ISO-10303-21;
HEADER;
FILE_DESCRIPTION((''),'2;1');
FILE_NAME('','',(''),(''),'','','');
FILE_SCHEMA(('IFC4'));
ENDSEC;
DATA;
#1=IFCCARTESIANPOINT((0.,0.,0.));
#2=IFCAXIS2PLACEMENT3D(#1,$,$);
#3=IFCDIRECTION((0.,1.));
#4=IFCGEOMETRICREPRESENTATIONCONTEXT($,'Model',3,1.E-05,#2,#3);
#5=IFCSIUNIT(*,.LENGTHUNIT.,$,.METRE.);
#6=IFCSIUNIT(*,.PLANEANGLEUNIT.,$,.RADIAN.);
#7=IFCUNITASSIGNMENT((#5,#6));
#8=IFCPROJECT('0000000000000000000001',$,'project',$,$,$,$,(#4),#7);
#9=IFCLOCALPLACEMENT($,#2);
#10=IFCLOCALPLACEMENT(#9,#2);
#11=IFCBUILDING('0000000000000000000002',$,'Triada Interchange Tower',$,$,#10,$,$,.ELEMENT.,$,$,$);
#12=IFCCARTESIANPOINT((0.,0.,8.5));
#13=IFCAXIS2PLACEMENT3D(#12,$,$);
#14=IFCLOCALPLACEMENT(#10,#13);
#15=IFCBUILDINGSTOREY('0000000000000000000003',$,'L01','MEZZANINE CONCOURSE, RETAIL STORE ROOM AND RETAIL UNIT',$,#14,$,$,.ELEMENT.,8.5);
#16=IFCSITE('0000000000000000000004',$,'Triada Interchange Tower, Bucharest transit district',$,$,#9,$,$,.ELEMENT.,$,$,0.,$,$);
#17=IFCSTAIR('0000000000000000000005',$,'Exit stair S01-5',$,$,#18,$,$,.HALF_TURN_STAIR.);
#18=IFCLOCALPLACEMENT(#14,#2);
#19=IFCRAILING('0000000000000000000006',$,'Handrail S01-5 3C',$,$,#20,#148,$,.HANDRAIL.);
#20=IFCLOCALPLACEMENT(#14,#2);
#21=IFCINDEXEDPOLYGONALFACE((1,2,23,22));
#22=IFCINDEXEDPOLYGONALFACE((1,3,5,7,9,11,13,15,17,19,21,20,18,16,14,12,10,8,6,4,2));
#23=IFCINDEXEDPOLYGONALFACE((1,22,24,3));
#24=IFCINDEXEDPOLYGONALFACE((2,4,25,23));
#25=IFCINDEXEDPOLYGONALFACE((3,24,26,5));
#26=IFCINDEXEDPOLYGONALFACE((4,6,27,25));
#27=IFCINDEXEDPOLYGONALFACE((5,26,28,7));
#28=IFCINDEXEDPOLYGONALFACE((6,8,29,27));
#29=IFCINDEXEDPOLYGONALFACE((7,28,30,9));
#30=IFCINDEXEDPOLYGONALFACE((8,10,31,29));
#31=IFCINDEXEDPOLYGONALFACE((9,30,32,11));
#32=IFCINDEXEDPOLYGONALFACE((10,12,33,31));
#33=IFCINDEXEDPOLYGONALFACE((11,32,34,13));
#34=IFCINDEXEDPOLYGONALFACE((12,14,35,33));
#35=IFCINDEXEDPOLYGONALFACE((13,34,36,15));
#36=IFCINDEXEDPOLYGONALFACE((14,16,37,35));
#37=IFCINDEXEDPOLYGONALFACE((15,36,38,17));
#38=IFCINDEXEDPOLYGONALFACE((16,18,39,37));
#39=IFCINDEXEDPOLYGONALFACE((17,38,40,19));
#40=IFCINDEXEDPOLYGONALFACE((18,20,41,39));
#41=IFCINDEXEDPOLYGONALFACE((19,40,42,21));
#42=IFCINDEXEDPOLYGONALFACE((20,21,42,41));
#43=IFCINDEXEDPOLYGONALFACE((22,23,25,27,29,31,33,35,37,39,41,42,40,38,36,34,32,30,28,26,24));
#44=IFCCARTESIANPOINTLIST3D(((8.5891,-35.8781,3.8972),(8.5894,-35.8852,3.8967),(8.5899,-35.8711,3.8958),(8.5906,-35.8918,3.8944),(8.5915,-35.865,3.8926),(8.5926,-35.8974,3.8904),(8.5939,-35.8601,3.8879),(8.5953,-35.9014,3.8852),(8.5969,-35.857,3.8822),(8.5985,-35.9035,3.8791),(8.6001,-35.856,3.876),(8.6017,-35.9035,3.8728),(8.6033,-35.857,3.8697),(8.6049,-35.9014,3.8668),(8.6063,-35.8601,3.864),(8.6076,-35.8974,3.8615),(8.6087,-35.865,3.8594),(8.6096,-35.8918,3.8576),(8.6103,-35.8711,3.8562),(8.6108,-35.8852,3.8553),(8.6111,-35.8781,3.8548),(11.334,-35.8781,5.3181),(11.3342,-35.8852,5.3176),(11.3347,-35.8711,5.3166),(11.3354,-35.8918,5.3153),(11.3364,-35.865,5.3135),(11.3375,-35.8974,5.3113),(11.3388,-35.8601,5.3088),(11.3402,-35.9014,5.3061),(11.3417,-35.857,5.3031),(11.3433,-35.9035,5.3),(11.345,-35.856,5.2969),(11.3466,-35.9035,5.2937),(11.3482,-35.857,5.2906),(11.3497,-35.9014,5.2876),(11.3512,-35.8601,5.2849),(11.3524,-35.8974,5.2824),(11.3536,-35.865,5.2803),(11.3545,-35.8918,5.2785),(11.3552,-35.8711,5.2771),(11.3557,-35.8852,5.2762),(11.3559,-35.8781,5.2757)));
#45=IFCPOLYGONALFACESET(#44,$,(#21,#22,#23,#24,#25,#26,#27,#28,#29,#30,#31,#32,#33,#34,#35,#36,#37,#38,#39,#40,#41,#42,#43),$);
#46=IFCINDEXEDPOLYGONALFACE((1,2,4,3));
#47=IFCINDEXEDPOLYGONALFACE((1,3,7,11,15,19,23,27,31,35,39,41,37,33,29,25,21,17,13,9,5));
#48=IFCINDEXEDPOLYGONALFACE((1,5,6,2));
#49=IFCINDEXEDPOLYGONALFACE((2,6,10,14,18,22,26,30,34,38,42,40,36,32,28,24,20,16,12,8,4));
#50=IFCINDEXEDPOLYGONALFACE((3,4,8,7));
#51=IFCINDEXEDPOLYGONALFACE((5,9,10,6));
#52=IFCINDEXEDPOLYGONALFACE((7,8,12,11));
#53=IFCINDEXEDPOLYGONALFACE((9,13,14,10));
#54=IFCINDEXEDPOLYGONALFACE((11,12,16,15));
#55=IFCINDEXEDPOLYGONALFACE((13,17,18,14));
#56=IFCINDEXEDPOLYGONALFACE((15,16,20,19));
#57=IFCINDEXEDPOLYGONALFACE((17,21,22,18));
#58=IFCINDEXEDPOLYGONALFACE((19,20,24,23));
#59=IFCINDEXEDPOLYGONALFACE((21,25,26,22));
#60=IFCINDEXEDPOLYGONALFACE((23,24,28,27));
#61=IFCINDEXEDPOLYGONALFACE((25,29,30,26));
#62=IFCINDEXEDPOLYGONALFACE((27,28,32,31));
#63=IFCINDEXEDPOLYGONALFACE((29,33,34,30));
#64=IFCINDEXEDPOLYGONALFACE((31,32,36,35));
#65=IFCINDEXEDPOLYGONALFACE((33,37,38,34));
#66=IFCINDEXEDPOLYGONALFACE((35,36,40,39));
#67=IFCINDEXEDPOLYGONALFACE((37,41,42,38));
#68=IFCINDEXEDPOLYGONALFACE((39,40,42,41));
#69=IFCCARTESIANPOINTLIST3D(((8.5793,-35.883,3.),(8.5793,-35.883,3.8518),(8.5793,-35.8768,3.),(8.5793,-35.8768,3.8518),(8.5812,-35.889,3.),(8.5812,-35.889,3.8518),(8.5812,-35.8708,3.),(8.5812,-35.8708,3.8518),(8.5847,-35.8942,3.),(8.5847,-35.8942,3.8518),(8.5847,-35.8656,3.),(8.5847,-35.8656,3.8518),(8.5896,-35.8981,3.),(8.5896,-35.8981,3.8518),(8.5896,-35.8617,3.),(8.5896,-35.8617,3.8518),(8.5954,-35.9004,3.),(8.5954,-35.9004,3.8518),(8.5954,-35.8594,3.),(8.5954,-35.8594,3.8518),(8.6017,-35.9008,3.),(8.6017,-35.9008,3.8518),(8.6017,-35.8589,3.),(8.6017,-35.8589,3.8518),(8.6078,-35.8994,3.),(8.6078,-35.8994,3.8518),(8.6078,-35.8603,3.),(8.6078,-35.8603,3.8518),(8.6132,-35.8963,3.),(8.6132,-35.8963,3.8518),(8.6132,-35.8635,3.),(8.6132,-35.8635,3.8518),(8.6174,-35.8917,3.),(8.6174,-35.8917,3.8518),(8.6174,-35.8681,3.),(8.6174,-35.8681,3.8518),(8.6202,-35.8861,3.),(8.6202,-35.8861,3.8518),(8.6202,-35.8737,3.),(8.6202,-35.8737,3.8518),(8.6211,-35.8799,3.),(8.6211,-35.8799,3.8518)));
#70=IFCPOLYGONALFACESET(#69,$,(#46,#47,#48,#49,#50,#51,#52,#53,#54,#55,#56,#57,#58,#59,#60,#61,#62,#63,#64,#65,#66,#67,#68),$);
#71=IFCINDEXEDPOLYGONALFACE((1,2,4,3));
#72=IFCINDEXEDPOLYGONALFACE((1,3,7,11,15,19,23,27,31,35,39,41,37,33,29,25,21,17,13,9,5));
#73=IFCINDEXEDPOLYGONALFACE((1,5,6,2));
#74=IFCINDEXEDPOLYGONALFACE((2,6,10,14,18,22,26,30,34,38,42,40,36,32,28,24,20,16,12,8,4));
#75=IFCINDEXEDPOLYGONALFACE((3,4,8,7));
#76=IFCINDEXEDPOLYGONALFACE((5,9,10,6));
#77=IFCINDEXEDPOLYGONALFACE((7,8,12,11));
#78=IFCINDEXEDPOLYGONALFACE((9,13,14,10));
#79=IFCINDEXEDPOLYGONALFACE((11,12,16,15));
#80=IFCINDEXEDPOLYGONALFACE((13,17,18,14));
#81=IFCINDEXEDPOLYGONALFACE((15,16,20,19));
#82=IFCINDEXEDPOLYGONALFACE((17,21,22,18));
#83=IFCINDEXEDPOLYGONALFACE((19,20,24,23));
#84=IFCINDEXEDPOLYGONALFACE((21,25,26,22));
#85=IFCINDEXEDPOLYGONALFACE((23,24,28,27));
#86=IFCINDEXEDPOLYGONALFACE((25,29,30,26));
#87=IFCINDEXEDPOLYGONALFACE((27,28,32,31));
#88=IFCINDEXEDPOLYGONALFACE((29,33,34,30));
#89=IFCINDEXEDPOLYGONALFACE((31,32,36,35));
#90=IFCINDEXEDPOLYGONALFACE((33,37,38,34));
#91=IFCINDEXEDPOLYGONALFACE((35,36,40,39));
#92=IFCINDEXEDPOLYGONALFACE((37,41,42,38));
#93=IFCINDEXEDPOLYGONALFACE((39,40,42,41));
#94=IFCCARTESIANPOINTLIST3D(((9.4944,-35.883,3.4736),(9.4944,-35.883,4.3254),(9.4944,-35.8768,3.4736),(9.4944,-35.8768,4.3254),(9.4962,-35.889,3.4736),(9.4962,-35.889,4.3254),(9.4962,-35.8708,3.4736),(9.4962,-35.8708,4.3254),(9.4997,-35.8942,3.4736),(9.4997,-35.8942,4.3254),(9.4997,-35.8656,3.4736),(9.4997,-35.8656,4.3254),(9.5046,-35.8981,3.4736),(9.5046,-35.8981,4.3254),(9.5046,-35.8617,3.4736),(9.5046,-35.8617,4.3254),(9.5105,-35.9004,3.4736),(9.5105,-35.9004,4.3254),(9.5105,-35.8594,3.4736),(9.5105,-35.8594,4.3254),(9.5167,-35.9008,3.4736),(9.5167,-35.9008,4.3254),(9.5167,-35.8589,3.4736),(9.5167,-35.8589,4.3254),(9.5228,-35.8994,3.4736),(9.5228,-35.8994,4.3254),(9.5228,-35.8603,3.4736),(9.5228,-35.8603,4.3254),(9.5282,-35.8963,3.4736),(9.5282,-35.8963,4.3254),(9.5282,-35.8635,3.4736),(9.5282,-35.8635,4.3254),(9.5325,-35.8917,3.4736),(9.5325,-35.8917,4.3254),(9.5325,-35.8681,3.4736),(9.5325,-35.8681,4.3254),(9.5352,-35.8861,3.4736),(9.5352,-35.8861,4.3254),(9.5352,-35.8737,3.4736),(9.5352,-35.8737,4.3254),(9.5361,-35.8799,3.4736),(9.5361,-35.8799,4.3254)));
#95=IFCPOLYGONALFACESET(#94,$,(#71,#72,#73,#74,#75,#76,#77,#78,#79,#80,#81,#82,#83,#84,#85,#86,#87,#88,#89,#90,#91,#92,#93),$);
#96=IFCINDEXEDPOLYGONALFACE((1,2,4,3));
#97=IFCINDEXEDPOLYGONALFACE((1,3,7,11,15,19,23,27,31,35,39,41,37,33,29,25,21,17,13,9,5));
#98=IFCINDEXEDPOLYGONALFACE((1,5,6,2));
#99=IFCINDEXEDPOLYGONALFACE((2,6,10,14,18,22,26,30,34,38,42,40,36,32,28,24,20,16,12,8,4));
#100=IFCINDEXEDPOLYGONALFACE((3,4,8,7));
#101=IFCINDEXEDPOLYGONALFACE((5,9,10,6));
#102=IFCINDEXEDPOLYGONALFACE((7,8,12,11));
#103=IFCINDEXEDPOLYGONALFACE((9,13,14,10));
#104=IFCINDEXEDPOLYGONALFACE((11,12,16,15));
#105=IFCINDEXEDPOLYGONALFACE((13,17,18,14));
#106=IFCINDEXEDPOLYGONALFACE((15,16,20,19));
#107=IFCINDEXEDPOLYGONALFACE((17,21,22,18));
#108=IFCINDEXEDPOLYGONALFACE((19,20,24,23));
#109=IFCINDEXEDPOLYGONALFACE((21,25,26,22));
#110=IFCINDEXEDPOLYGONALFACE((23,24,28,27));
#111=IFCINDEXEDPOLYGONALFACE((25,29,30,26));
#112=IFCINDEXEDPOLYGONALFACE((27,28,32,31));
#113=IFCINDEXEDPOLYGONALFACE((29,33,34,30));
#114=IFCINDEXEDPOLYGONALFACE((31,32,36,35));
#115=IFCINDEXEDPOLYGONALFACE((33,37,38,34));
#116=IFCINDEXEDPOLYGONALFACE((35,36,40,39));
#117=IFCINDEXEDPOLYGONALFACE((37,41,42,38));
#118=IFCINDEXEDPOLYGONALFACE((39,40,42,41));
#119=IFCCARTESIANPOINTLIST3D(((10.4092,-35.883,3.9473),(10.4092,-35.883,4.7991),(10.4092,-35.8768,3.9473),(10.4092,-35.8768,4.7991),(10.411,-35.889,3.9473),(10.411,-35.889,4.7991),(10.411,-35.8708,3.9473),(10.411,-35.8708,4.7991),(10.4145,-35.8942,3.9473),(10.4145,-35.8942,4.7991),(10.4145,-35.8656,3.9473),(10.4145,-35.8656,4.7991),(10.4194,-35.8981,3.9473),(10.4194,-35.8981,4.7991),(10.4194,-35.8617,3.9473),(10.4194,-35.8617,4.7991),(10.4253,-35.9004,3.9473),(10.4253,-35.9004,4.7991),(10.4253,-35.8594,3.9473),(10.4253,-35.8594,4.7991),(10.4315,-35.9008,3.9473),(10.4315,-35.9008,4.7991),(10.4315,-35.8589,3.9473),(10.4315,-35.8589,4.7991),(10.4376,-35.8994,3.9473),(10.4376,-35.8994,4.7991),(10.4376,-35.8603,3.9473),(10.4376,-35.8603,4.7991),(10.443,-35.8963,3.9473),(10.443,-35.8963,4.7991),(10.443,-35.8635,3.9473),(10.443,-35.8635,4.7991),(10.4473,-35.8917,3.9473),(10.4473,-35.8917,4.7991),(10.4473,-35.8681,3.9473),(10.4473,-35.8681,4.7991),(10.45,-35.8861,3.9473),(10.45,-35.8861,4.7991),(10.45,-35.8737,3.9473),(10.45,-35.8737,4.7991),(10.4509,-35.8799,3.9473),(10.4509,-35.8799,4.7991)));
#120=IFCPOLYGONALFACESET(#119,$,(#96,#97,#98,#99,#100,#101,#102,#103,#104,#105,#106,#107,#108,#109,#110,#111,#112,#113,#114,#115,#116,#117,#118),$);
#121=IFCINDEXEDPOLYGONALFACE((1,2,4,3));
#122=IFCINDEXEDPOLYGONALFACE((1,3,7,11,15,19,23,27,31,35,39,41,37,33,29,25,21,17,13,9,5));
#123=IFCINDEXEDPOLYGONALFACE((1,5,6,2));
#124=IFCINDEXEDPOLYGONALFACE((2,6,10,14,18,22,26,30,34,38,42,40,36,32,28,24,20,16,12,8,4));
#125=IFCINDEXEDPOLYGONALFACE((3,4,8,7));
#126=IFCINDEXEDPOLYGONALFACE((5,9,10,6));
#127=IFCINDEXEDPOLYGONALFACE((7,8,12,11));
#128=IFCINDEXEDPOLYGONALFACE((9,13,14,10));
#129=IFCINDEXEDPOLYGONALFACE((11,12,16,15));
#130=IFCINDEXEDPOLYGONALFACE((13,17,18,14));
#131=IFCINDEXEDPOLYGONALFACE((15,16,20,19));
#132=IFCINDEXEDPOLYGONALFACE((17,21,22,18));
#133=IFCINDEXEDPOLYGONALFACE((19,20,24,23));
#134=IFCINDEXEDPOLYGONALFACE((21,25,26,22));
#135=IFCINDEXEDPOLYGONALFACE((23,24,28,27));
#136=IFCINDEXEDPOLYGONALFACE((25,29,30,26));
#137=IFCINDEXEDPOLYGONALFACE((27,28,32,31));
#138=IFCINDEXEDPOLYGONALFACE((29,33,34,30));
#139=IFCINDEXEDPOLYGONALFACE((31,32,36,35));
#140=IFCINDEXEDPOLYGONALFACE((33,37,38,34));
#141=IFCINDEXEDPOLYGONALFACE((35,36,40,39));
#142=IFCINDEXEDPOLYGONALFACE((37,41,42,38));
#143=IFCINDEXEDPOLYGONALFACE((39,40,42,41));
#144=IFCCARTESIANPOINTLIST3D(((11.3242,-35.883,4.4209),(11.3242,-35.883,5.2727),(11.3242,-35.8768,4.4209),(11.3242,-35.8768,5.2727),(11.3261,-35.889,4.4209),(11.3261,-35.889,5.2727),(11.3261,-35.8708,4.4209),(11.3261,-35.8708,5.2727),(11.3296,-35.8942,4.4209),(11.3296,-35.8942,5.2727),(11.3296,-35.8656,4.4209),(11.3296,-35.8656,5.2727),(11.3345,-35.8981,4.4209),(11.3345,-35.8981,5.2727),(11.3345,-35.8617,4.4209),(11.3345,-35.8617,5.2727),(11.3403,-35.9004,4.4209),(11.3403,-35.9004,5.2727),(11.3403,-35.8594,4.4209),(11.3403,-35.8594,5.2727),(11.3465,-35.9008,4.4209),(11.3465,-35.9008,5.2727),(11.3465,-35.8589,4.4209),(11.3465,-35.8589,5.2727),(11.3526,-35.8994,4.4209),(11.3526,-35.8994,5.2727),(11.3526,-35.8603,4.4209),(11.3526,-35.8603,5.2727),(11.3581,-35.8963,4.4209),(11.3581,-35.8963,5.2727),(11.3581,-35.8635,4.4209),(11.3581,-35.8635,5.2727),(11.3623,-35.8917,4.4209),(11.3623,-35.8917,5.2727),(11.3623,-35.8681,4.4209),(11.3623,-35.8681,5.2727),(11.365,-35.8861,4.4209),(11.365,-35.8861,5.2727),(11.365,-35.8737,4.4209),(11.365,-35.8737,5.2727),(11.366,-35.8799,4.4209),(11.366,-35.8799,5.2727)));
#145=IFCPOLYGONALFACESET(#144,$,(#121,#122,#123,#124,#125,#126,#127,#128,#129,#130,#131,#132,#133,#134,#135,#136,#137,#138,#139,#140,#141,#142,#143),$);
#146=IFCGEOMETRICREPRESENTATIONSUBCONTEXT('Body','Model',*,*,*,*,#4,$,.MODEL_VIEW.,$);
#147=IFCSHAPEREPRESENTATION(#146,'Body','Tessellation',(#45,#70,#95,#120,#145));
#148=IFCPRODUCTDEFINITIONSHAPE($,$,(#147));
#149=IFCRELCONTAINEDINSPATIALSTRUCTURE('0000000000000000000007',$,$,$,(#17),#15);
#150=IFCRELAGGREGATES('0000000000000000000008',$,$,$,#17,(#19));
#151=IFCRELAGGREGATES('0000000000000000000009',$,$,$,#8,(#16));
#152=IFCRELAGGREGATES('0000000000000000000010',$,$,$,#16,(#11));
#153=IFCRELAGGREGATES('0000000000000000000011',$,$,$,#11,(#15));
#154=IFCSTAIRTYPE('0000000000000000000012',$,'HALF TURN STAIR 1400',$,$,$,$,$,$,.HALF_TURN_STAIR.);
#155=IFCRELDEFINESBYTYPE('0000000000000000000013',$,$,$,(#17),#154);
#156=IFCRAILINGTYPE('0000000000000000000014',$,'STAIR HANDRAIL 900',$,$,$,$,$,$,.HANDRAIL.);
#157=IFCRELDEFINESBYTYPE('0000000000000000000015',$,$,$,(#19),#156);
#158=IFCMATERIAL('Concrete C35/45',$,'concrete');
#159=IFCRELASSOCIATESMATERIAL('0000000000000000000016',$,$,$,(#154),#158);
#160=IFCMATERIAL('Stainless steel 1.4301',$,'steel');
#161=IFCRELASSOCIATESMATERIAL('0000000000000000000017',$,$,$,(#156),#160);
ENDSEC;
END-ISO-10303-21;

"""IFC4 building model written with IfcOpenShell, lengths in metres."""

from ifc_helpers import new_model, si_unit, direction, frame, origin, origin_2d, place, context, subcontext, project, spatial, circle, extrude, material, type_object, element, aggregate, save


model = new_model("IFC4")

# Units and contexts
model_context = context("Model", 3, precision=1e-05, world=origin(), true_north=direction((0.0, 1.0)))
body_context = subcontext(model_context, "Body", "Model", "MODEL_VIEW")
ifc_project = project(units=[si_unit("LENGTHUNIT", "METRE"), si_unit("PLANEANGLEUNIT", "RADIAN")], contexts=[model_context])

# Site, building, storey
site_placement = place(None, origin())
site = spatial("IfcSite", under=ifc_project, at=site_placement, Name="Triada Interchange Tower, Bucharest transit district", CompositionType="ELEMENT", RefElevation=0.0)
building_placement = place(site_placement, origin())
building = spatial("IfcBuilding", under=site, at=building_placement, Name="Triada Interchange Tower", CompositionType="ELEMENT")
storey_placement = place(building_placement, frame((0.0, 0.0, 8.5)))
storey = spatial("IfcBuildingStorey", under=building, at=storey_placement, Name="L01", Description="MEZZANINE CONCOURSE, RETAIL STORE ROOM AND RETAIL UNIT", CompositionType="ELEMENT", Elevation=8.5)

# Stair, railing
ifc_material_1 = material(Name="Concrete C35/45", Category="concrete")
stair_type = type_object("IfcStairType", Name="HALF TURN STAIR 1400", PredefinedType="HALF_TURN_STAIR", material=ifc_material_1)
stair_placement = place(storey_placement, origin())
stair = element("IfcStair", 1, at=stair_placement, inside=storey, type_object=stair_type, Name="Exit stair S01-5", PredefinedType="HALF_TURN_STAIR")
ifc_material_2 = material(Name="Stainless steel 1.4301", Category="steel")
railing_type = type_object("IfcRailingType", Name="STAIR HANDRAIL 900", PredefinedType="HANDRAIL", material=ifc_material_2)
railing_1_placement = place(storey_placement, frame((8.6001, -35.8799, 3.0)))
railing_1 = element("IfcRailing", 2, at=railing_1_placement, type_object=railing_type, Name="Handrail S01-5 3C", PredefinedType="HANDRAIL", context=body_context, shape_type="SweptSolid", body=[
    extrude(circle(Radius=0.0239, at=origin_2d()), frame((0.0, 0.0, 0.876), z_axis=(0.888068, 0.0, 0.459713), x_axis=(0.0, 1.0, 0.0)), (0.0, 0.0, 1.0), 3.0908),
    extrude(circle(Radius=0.021, at=origin_2d()), origin(), (0.0, 0.0, 1.0), 0.8518),
    extrude(circle(Radius=0.021, at=origin_2d()), frame((0.915, 0.0, 0.4736)), (0.0, 0.0, 1.0), 0.8518),
    extrude(circle(Radius=0.021, at=origin_2d()), frame((1.8298, 0.0, 0.9473)), (0.0, 0.0, 1.0), 0.8518),
    extrude(circle(Radius=0.021, at=origin_2d()), frame((2.7449, 0.0, 1.4209)), (0.0, 0.0, 1.0), 0.8518),
])
aggregate(stair, [railing_1])

save(model, "model.ifc")
